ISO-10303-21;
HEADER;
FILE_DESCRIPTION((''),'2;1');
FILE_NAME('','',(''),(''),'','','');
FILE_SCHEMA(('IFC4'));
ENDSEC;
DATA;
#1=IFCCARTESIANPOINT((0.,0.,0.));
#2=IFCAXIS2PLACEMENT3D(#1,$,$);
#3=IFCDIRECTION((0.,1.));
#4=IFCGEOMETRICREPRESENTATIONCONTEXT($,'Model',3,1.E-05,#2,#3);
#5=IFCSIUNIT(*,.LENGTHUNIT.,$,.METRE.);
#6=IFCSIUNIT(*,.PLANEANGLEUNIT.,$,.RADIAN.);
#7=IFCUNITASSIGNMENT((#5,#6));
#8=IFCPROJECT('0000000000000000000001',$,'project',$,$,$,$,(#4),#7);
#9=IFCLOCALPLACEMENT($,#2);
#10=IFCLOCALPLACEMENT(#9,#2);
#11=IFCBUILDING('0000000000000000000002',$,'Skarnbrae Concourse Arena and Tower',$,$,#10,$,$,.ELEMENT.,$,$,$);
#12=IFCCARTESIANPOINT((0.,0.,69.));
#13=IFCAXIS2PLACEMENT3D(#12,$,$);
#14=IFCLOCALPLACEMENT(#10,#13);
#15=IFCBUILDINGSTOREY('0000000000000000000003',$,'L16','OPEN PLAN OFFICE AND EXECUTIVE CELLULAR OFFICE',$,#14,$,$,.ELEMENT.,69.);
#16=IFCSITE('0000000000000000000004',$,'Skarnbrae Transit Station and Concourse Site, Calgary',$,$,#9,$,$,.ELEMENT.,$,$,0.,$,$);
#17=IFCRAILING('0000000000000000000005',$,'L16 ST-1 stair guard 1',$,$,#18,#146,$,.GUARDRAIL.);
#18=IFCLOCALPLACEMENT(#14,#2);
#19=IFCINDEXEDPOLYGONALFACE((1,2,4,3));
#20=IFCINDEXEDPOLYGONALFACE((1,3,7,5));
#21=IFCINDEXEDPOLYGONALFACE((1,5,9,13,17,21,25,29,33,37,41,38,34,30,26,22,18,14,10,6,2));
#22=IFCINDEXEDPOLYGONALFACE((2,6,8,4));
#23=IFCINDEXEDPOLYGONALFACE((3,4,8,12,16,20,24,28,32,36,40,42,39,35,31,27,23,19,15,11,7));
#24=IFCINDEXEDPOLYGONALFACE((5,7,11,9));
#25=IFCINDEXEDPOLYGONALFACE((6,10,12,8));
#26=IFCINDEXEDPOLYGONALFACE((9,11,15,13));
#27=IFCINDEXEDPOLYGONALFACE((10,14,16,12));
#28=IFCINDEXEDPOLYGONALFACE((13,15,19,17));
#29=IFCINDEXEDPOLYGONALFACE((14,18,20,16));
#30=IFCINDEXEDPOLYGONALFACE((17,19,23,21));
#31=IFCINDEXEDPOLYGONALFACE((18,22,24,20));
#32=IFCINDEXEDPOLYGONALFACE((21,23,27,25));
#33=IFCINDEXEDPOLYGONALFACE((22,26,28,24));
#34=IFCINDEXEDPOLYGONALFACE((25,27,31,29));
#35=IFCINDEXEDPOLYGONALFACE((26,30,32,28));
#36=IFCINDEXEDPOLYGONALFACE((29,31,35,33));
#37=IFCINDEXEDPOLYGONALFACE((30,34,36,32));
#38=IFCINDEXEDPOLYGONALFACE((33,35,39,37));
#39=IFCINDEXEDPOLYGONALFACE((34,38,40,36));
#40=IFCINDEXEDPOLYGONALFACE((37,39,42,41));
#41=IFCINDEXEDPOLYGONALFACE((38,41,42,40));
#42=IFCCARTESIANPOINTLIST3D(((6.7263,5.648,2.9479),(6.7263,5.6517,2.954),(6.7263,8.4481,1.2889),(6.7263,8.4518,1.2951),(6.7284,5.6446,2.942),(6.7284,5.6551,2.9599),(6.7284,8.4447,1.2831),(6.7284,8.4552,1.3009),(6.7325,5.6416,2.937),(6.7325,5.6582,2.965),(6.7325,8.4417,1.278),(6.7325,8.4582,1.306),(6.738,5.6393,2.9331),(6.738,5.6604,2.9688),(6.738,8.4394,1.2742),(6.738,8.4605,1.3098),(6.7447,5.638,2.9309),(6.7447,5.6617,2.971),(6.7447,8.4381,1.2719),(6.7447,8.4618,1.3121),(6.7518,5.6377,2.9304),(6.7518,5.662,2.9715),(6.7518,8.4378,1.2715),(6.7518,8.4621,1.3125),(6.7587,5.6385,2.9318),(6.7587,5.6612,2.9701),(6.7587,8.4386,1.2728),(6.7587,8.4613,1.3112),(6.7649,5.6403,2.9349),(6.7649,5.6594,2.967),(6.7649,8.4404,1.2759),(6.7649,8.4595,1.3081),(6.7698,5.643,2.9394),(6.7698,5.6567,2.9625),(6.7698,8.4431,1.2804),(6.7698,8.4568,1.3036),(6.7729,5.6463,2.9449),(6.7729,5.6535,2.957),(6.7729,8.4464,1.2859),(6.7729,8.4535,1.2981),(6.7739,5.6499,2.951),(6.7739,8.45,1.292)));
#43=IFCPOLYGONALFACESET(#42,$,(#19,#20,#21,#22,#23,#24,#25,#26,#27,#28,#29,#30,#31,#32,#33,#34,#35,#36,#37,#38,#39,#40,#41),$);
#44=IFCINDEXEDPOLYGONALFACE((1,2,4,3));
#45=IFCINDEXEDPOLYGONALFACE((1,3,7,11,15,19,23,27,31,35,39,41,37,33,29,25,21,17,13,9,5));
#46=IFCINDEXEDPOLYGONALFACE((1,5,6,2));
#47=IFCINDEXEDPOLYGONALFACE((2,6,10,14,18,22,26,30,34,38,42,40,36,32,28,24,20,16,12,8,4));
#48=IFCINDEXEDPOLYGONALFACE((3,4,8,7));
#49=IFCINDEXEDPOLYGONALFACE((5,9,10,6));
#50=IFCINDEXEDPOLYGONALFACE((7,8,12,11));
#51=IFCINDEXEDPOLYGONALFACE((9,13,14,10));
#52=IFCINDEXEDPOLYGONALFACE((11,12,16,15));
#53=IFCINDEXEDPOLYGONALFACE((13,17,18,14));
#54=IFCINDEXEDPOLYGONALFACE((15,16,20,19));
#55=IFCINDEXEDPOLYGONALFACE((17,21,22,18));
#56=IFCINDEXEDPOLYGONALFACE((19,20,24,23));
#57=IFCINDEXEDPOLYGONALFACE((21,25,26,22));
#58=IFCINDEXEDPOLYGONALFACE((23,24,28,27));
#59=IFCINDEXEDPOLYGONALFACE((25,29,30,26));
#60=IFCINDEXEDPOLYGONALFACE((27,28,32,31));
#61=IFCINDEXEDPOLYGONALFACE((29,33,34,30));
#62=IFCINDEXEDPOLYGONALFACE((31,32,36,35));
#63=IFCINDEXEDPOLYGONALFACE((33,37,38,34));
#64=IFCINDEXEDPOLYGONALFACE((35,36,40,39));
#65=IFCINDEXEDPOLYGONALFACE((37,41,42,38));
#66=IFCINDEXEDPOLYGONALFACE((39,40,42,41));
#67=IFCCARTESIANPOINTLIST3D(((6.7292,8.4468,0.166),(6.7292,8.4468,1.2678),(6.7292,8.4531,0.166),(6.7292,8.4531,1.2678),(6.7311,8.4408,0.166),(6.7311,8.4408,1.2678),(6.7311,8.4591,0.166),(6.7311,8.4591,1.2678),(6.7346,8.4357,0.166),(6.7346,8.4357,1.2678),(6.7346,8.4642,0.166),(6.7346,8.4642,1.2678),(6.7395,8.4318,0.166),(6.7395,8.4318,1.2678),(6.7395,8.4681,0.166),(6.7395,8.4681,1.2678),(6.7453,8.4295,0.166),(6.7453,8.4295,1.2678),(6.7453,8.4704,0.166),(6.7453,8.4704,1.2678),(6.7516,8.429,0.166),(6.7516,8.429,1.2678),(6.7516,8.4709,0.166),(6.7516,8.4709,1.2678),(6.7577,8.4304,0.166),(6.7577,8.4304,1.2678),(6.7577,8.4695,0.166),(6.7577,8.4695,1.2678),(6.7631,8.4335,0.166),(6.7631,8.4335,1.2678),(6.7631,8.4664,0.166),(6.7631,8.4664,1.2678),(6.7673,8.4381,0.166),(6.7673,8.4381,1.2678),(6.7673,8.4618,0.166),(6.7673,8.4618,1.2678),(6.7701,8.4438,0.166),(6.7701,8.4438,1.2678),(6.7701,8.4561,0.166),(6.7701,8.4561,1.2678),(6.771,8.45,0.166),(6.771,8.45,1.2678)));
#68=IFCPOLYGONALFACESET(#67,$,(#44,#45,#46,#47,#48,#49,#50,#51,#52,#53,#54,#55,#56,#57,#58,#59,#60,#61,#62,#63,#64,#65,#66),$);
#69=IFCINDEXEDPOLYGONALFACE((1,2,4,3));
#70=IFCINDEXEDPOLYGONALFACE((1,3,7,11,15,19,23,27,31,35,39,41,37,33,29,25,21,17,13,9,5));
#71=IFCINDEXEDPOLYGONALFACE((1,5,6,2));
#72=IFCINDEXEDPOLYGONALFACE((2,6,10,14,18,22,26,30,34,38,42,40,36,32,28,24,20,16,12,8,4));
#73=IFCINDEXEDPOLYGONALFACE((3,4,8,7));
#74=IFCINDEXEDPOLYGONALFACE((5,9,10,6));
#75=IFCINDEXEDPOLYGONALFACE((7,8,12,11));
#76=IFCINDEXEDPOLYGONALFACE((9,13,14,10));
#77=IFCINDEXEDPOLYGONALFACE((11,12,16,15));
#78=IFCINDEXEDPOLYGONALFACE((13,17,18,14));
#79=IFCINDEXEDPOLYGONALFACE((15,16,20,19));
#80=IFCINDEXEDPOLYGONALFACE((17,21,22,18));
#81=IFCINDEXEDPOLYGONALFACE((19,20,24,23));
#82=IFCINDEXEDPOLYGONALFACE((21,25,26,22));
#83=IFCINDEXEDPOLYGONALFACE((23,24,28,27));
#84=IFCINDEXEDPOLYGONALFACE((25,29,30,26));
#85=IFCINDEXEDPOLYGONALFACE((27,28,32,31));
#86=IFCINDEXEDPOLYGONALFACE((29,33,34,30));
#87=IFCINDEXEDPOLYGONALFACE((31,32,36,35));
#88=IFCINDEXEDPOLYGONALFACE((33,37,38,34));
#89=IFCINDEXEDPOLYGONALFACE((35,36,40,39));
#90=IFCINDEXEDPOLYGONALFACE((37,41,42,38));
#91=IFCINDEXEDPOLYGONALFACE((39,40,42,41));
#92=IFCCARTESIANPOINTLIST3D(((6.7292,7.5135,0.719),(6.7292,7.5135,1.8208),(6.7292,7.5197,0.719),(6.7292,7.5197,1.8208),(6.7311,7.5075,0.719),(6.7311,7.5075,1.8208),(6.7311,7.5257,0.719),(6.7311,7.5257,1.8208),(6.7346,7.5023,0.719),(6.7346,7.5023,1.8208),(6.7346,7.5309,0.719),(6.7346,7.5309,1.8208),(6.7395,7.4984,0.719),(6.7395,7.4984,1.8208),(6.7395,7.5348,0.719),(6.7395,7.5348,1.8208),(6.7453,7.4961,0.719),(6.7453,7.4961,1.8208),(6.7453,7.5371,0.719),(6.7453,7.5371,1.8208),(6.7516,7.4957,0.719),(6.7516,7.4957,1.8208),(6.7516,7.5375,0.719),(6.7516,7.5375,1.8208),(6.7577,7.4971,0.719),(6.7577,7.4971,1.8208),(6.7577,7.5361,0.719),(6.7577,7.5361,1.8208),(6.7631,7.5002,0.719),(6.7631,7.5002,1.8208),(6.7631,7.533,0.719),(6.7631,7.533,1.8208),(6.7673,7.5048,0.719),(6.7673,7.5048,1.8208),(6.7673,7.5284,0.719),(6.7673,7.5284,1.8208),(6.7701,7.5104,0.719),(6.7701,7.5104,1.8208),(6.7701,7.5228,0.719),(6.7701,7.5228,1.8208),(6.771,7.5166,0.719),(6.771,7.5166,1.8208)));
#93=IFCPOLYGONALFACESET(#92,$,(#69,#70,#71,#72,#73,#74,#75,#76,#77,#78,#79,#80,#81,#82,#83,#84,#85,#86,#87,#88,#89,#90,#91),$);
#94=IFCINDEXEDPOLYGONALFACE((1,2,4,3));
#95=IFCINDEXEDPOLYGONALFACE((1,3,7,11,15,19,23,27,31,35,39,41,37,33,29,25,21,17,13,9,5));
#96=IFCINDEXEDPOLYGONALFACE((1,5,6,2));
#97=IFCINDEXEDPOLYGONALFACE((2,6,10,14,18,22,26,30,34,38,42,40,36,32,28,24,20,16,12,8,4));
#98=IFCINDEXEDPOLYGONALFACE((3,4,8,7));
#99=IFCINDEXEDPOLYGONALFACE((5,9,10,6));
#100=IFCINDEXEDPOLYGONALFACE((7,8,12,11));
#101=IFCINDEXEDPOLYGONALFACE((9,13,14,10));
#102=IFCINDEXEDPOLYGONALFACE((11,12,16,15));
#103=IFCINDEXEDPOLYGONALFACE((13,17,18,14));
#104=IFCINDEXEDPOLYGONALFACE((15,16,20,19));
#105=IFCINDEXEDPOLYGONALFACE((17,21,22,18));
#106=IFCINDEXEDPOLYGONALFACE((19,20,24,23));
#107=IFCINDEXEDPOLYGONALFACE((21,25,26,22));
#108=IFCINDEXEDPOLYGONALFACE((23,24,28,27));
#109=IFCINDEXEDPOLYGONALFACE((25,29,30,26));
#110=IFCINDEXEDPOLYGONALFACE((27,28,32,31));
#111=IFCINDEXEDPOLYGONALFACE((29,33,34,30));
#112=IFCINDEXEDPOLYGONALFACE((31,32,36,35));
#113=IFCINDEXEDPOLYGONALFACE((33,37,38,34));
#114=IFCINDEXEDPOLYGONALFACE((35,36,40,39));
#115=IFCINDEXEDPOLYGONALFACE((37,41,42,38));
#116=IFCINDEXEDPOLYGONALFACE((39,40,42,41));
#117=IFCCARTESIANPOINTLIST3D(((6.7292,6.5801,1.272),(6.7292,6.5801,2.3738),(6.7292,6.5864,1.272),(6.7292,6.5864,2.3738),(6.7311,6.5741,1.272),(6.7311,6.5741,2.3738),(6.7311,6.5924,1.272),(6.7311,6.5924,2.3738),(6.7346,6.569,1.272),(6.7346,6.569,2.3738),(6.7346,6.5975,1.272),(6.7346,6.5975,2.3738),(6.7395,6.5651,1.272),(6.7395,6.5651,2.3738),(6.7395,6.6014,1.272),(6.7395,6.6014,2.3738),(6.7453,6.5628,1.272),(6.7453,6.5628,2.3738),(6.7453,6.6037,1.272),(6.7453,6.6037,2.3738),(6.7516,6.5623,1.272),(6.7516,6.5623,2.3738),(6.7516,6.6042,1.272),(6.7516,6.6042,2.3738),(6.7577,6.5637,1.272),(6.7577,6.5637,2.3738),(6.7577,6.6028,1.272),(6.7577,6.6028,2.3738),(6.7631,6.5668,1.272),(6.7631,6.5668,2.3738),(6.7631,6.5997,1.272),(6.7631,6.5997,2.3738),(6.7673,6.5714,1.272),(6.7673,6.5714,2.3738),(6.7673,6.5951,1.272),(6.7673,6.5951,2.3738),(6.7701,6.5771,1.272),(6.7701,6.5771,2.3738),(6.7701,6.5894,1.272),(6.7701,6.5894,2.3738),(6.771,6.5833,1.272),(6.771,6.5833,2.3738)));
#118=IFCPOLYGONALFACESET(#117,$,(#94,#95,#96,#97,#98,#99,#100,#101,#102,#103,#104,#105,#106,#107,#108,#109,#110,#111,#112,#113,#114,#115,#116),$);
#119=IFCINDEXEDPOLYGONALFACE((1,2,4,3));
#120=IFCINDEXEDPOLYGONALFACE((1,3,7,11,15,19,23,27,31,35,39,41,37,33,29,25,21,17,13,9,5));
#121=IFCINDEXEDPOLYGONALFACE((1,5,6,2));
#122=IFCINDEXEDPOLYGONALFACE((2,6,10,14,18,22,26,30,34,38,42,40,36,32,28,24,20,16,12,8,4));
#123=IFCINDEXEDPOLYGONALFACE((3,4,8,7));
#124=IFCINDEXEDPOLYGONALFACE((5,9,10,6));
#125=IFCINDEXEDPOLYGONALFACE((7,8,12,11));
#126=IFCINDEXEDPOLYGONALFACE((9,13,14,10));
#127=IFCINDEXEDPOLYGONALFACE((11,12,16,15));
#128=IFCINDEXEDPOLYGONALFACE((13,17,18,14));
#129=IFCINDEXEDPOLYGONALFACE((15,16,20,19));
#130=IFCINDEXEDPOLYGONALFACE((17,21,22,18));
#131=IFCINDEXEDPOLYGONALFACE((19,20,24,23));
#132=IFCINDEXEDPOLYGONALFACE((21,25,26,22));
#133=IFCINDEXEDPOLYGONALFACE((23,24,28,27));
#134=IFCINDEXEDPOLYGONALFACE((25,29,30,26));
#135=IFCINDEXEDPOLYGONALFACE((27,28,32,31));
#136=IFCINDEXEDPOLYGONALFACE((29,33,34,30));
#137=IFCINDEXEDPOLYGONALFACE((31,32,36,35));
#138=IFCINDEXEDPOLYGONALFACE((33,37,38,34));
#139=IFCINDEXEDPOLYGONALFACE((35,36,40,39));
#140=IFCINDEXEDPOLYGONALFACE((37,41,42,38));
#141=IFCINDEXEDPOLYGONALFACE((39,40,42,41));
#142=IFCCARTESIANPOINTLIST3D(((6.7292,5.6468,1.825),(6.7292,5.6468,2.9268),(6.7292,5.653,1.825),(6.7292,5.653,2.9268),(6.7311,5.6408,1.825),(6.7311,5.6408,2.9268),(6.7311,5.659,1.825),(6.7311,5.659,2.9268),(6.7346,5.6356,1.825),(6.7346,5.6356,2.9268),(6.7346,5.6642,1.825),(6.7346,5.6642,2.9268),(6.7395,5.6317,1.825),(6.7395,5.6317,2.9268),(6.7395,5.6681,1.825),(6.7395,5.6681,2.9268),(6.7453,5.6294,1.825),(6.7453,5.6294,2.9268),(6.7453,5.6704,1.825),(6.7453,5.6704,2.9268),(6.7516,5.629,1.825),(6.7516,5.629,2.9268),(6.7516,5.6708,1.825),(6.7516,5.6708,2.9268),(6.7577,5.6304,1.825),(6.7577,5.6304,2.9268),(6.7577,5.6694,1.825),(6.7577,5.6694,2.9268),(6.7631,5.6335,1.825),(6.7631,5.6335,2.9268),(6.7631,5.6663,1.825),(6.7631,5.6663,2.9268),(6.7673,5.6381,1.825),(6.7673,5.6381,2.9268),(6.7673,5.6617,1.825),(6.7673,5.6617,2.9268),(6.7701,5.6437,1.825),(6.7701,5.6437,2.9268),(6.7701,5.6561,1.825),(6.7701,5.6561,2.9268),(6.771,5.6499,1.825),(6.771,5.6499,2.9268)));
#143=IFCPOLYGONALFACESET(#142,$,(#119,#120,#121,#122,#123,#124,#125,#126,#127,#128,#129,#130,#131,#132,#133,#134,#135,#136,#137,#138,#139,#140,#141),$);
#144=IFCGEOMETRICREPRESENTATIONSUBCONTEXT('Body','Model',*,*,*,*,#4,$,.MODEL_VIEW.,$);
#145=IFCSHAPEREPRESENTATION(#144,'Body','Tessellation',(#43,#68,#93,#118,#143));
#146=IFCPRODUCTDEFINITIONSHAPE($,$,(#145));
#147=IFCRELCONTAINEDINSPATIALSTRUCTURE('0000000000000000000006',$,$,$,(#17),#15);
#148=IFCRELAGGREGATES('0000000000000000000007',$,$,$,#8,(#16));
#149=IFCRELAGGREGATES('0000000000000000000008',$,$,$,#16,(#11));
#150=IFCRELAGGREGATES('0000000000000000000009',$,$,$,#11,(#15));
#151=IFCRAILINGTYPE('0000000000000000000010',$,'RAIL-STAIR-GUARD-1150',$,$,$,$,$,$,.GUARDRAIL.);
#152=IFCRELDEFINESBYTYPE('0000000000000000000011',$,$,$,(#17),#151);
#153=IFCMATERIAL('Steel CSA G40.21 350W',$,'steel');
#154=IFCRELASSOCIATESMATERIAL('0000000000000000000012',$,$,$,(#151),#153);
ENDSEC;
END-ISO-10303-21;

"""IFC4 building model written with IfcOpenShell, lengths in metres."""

from ifc_helpers import new_model, si_unit, direction, frame, origin, origin_2d, place, context, subcontext, project, spatial, circle, extrude, material, type_object, element, save


model = new_model("IFC4")

# Units and contexts
model_context = context("Model", 3, precision=1e-05, world=origin(), true_north=direction((0.0, 1.0)))
body_context = subcontext(model_context, "Body", "Model", "MODEL_VIEW")
ifc_project = project(units=[si_unit("LENGTHUNIT", "METRE"), si_unit("PLANEANGLEUNIT", "RADIAN")], contexts=[model_context])

# Site, building, storey
site_placement = place(None, origin())
site = spatial("IfcSite", under=ifc_project, at=site_placement, Name="Skarnbrae Transit Station and Concourse Site, Calgary", CompositionType="ELEMENT", RefElevation=0.0)
building_placement = place(site_placement, origin())
building = spatial("IfcBuilding", under=site, at=building_placement, Name="Skarnbrae Concourse Arena and Tower", CompositionType="ELEMENT")
storey_placement = place(building_placement, frame((0.0, 0.0, 69.0)))
storey = spatial("IfcBuildingStorey", under=building, at=storey_placement, Name="L16", Description="OPEN PLAN OFFICE AND EXECUTIVE CELLULAR OFFICE", CompositionType="ELEMENT", Elevation=69.0)

# Shared definitions
ifc_material_1 = material(Name="Steel CSA G40.21 350W", Category="steel")

# Railing
railing_type_1 = type_object("IfcRailingType", Name="RAIL-STAIR-GUARD-1150", PredefinedType="GUARDRAIL", material=ifc_material_1)
railing_1_placement = place(storey_placement, frame((6.75, 8.45, 0.166)))
element("IfcRailing", 1, at=railing_1_placement, inside=storey, type_object=railing_type_1, Name="L16 ST-1 stair guard 1", PredefinedType="GUARDRAIL", context=body_context, shape_type="SweptSolid", body=[
    extrude(circle(Radius=0.0239, at=origin_2d()), frame((0.0, 0.0, 1.126), z_axis=(0.0, -0.860339, 0.509722), x_axis=(1.0, 0.0, 0.0)), (0.0, 0.0, 1.0), 3.2546),
    extrude(circle(Radius=0.021, at=origin_2d()), origin(), (0.0, 0.0, 1.0), 1.1018),
    extrude(circle(Radius=0.021, at=origin_2d()), frame((0.0, -0.9333, 0.553)), (0.0, 0.0, 1.0), 1.1018),
    extrude(circle(Radius=0.021, at=origin_2d()), frame((0.0, -1.8667, 1.106)), (0.0, 0.0, 1.0), 1.1018),
    extrude(circle(Radius=0.021, at=origin_2d()), frame((0.0, -2.8, 1.6589)), (0.0, 0.0, 1.0), 1.1018),
])

save(model, "model.ifc")
